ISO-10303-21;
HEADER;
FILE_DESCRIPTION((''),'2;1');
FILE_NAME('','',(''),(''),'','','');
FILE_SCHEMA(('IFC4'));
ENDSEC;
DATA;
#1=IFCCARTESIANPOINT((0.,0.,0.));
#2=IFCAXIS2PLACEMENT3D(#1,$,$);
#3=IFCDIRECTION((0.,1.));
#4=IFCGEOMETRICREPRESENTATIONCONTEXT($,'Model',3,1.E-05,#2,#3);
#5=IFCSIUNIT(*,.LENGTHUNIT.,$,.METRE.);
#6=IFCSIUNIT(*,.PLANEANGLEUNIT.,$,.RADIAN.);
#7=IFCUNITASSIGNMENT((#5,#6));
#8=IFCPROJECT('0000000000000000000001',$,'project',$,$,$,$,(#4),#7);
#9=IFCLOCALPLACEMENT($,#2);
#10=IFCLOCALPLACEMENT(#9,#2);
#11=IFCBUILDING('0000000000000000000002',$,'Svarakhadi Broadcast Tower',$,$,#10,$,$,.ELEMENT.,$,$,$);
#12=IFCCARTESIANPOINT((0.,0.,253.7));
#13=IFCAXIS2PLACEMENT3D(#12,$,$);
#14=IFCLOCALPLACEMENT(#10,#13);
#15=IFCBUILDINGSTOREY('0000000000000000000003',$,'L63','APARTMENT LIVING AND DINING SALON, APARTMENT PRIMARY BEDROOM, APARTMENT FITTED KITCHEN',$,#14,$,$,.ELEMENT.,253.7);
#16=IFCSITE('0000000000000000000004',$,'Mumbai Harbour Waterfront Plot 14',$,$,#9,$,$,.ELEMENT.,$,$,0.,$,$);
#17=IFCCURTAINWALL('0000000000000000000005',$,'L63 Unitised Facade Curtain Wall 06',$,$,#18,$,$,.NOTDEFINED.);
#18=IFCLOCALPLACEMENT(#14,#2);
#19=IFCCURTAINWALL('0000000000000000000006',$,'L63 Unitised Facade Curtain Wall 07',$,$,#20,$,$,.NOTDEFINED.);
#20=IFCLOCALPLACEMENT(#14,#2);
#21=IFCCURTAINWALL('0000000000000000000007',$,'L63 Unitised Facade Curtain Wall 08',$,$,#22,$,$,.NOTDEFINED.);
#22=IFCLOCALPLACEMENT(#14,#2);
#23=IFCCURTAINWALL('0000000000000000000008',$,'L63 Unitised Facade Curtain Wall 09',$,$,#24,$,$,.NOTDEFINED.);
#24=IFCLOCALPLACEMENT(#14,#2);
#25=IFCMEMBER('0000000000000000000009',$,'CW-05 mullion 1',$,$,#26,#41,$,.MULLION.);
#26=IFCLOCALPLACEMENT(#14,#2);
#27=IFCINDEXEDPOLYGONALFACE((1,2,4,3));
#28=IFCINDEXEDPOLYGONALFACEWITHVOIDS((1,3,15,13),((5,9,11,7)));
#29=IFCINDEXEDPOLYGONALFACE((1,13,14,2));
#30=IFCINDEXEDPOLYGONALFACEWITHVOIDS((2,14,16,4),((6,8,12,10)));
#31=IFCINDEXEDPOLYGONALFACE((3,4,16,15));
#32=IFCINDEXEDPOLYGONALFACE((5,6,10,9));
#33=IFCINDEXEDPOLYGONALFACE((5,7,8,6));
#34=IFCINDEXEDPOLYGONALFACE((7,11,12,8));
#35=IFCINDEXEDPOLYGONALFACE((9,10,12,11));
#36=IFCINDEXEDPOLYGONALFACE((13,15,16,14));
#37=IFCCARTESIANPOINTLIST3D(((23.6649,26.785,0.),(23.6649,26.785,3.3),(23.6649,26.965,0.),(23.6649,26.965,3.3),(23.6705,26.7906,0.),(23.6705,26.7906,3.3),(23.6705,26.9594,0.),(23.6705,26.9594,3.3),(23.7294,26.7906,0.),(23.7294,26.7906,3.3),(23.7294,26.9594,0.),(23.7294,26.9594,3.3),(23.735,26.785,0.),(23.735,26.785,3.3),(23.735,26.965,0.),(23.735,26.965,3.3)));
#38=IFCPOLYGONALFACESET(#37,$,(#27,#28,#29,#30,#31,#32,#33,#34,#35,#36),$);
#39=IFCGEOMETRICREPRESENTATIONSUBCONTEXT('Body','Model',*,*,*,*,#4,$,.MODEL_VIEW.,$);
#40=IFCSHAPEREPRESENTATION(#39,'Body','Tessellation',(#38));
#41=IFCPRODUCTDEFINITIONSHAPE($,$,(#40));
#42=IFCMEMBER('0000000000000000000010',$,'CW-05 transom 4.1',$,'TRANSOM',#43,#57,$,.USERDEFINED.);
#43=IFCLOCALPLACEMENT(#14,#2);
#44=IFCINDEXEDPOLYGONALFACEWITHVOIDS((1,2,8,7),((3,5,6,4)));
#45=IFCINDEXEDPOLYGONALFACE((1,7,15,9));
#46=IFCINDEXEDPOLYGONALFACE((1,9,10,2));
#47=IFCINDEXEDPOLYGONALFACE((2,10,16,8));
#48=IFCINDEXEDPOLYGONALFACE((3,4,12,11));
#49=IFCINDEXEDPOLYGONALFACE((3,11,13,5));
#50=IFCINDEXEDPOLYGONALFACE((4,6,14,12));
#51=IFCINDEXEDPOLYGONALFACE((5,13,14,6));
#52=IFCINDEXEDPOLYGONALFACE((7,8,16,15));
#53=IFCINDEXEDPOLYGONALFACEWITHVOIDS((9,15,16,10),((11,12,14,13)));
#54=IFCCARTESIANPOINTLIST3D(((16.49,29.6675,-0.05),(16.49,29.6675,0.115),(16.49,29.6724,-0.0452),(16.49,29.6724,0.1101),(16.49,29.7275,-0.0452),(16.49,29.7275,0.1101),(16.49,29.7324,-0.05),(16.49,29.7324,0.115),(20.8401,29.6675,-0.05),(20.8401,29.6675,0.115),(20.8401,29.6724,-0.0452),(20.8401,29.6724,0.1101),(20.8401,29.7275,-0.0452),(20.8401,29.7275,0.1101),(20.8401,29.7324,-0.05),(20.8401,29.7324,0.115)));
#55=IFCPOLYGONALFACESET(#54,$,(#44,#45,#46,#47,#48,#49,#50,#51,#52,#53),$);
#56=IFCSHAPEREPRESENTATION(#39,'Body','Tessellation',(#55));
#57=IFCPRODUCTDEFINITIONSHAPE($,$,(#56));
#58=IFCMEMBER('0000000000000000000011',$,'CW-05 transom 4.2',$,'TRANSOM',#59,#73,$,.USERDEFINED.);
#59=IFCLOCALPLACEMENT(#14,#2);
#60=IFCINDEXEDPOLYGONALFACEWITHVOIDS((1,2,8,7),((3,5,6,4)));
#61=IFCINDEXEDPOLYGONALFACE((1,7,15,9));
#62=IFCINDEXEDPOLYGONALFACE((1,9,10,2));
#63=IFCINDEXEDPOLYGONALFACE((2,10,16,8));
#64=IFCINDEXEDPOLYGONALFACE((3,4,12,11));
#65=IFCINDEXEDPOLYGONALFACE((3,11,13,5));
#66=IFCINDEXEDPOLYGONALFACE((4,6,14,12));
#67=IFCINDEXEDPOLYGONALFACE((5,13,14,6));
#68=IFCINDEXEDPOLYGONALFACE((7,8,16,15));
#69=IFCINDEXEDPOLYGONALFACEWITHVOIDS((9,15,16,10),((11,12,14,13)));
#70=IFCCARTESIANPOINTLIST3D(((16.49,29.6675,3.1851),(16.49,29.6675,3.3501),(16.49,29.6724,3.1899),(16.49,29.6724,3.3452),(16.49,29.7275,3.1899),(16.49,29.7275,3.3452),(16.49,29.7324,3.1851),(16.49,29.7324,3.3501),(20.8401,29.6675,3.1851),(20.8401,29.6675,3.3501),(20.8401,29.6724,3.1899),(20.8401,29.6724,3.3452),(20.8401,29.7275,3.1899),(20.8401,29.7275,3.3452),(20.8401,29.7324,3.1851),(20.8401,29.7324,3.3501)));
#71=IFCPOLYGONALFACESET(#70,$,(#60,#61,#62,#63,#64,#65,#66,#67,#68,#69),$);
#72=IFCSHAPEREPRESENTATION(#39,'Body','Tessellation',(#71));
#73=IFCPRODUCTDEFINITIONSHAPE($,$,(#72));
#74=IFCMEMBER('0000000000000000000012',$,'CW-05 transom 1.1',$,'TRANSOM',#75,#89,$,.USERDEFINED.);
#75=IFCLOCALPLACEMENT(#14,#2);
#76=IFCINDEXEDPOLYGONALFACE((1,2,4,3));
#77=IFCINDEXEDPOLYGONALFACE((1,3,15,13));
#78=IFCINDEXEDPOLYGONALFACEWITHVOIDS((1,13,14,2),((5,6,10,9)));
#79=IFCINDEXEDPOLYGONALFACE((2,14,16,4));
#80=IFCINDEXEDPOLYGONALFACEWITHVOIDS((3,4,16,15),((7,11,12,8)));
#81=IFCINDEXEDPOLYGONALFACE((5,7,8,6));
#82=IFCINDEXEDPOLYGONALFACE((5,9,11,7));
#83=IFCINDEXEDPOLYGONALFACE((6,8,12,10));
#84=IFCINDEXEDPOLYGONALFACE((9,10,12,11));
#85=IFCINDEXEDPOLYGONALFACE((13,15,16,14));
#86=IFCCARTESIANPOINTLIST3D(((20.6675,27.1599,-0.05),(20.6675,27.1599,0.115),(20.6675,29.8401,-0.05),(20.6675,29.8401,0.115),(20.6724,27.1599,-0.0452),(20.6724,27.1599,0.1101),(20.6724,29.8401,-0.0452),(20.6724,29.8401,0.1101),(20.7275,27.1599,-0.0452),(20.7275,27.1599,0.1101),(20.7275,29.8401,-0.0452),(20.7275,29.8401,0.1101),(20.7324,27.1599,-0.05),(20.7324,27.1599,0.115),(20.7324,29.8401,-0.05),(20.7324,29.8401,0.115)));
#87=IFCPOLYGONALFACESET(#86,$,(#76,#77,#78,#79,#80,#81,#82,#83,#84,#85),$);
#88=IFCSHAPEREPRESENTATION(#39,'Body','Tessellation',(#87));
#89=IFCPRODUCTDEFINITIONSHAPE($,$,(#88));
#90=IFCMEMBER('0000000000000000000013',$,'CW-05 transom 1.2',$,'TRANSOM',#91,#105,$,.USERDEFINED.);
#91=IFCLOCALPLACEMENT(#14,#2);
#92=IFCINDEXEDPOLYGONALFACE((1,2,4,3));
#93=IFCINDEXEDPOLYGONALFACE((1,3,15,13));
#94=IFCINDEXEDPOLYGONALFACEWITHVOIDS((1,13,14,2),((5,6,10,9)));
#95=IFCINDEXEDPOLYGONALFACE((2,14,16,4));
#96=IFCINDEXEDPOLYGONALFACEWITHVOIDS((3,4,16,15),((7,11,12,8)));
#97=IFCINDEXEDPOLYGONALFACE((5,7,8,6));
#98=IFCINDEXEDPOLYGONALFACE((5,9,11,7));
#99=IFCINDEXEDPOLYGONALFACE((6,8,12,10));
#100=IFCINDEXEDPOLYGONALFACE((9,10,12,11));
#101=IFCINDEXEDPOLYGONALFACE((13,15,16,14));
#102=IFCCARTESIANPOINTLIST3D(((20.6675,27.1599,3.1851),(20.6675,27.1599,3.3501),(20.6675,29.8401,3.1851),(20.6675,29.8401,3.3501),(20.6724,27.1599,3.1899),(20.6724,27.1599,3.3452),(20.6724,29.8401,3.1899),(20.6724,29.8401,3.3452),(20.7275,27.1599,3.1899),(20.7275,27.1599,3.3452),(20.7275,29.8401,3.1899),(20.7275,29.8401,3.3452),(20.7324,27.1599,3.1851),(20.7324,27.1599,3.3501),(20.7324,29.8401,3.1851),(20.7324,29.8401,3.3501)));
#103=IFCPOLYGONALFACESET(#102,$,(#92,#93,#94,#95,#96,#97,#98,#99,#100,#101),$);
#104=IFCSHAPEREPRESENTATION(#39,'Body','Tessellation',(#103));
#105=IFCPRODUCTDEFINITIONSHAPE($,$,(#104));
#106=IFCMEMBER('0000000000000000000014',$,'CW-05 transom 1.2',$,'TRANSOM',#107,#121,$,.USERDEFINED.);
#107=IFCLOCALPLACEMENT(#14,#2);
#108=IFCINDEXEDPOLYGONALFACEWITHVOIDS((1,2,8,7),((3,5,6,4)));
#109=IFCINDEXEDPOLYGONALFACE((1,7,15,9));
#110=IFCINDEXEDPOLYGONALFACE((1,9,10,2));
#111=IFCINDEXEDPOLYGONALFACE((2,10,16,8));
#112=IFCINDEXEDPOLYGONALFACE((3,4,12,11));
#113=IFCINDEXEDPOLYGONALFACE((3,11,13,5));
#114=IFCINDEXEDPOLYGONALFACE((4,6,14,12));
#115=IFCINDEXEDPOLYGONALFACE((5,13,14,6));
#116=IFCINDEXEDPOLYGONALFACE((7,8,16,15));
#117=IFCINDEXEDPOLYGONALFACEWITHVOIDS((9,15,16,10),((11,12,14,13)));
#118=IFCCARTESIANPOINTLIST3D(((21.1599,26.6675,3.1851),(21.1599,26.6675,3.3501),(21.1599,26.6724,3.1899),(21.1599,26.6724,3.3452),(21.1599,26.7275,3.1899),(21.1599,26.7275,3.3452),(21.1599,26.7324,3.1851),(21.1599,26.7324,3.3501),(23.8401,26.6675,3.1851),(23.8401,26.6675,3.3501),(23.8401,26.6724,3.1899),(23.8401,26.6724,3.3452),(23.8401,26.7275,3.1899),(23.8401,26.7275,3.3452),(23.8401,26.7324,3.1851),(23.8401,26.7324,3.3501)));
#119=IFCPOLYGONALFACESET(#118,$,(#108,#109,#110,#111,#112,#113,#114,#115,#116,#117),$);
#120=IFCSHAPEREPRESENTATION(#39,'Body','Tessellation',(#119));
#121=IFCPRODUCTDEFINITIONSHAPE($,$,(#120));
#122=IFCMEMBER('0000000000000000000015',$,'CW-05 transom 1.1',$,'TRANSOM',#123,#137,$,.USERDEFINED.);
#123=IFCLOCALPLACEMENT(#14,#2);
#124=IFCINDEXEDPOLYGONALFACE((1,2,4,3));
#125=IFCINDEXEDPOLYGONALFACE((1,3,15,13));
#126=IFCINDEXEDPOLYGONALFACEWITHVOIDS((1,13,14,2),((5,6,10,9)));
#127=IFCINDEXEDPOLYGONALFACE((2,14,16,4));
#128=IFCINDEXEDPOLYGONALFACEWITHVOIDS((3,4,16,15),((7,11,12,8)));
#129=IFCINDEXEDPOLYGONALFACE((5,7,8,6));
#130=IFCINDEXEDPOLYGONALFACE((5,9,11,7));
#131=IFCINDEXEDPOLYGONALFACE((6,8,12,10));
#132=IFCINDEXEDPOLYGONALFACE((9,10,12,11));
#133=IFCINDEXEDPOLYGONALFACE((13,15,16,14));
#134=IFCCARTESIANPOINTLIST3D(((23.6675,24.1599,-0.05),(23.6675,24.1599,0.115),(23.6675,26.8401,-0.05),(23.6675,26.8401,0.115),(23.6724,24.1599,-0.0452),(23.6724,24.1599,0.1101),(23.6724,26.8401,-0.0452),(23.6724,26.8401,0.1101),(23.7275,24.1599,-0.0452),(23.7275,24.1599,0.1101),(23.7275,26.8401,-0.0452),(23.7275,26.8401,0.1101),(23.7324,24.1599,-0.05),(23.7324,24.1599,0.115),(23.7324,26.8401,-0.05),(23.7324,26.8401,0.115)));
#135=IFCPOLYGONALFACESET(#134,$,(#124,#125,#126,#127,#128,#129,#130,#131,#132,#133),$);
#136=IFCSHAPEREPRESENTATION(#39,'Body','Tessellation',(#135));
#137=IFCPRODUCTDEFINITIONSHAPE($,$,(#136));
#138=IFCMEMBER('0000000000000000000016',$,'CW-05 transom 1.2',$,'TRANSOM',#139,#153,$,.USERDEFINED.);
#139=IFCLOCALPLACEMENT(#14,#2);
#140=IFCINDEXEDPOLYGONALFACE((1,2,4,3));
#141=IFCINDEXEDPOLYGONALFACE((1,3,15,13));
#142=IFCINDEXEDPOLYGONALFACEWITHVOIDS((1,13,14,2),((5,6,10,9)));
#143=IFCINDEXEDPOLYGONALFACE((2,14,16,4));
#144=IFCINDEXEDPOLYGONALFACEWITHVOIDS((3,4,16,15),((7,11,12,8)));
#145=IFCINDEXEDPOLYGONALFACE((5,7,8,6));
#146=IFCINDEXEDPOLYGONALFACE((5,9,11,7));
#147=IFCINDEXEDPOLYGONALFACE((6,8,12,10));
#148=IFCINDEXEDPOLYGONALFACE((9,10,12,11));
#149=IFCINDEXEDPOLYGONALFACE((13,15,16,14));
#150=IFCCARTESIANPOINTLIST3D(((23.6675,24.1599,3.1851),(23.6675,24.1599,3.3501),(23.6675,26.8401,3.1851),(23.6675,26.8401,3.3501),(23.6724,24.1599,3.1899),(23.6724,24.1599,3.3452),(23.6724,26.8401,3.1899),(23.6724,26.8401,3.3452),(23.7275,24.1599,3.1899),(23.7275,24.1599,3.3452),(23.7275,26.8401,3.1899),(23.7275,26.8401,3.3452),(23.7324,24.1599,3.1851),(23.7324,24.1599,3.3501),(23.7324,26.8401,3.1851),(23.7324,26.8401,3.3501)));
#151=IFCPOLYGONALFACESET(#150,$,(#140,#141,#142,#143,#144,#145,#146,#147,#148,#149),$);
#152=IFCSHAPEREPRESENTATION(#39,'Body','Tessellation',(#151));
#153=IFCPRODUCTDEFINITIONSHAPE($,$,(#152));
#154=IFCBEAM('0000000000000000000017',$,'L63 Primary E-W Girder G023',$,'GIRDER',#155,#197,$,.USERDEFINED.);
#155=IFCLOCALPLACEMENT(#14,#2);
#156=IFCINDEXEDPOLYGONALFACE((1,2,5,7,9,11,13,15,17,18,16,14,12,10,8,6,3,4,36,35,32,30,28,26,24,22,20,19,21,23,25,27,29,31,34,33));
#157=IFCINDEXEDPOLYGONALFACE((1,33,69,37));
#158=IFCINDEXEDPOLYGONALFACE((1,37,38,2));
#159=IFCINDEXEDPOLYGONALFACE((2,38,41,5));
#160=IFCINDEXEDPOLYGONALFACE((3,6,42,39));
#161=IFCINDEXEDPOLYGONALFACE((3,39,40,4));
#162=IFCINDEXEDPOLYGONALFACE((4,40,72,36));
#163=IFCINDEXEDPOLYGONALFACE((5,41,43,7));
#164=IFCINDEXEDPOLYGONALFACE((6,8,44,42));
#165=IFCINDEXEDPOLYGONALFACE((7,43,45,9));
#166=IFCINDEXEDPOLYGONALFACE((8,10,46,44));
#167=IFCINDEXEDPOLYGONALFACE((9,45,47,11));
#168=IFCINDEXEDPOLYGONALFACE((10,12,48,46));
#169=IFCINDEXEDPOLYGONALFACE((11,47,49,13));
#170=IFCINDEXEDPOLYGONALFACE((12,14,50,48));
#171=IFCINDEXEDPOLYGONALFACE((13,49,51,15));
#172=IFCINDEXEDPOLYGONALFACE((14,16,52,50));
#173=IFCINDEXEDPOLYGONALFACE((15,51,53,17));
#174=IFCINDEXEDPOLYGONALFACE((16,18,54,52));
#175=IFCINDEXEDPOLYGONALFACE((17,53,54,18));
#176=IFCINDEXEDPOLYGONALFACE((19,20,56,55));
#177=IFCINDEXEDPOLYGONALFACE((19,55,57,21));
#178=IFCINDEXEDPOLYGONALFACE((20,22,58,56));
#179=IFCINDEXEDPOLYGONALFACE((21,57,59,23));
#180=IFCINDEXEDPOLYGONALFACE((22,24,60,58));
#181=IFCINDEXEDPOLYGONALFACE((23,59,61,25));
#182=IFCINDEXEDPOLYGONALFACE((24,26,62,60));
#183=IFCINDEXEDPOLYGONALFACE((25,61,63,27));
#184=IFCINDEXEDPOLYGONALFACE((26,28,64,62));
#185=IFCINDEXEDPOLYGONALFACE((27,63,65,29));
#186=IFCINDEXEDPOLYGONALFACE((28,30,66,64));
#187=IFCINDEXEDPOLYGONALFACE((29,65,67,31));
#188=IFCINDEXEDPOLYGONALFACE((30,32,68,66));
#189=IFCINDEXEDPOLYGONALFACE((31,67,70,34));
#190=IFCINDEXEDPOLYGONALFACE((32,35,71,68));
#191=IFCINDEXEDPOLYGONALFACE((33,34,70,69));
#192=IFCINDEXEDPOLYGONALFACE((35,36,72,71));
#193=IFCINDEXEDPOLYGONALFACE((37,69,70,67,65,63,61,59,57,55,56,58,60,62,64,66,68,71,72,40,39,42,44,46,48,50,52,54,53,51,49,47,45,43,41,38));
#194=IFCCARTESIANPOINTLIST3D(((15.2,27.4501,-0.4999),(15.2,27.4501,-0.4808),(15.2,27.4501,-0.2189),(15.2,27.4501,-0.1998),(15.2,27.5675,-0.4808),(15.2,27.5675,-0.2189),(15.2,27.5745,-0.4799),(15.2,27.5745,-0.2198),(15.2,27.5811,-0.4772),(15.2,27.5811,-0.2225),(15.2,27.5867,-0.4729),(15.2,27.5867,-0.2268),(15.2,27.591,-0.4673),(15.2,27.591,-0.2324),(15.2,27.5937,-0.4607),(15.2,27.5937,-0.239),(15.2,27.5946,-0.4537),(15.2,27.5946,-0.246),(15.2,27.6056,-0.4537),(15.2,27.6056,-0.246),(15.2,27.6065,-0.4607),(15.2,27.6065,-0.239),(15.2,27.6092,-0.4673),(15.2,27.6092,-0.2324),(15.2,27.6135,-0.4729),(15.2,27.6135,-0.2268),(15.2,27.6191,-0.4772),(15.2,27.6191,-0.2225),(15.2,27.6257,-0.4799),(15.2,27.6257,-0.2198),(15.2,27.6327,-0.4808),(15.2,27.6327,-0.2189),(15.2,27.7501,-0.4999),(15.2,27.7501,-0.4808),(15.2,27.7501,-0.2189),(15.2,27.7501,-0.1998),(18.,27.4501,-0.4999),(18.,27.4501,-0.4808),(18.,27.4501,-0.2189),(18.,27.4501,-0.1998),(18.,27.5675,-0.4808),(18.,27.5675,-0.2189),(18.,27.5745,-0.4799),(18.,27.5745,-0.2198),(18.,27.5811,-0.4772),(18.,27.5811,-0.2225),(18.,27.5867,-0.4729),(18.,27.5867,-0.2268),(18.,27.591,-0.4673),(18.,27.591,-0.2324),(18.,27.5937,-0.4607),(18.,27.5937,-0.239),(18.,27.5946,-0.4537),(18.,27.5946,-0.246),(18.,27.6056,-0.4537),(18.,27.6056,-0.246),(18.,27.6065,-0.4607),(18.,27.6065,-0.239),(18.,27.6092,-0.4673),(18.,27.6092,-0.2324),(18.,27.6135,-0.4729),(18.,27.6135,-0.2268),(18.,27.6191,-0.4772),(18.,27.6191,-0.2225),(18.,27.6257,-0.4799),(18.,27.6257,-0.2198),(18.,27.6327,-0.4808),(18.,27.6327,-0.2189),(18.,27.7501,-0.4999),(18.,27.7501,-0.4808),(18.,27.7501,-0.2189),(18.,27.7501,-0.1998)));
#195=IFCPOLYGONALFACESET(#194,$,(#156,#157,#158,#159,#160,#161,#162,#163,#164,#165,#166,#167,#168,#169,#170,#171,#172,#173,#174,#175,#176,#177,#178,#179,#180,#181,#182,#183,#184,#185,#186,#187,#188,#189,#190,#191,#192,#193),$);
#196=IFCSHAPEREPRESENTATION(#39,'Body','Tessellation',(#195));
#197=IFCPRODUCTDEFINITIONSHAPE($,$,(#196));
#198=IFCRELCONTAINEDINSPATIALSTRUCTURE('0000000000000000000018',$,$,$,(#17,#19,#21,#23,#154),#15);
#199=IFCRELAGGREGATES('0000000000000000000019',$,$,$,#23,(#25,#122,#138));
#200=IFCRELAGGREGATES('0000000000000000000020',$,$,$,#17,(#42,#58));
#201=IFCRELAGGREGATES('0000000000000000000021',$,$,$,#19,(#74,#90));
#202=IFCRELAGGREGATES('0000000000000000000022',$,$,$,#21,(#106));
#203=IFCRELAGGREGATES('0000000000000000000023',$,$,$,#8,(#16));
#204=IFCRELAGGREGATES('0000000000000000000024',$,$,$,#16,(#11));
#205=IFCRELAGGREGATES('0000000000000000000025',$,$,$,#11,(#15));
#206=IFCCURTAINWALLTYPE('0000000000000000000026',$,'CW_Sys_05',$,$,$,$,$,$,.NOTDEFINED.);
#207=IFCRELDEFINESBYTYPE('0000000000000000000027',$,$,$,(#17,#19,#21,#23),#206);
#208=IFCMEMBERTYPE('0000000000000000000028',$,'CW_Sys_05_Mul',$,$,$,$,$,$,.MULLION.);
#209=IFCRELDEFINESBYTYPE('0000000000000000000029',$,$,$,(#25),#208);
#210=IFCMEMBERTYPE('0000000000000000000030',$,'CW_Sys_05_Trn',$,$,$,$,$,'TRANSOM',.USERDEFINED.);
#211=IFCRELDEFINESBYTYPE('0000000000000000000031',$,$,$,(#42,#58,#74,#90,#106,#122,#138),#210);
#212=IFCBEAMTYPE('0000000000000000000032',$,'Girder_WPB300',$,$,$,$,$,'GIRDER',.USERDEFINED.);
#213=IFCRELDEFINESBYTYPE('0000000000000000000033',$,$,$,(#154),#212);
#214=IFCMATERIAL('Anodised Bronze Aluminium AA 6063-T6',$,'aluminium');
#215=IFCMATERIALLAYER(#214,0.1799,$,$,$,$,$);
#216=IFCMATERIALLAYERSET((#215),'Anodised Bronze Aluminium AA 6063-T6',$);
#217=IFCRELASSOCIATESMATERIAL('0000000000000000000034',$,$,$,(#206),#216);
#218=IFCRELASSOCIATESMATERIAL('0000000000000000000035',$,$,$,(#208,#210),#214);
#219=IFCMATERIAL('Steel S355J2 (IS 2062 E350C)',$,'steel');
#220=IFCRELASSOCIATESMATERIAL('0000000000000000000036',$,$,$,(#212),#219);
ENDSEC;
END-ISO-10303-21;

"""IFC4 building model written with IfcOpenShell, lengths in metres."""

from ifc_helpers import new_model, si_unit, direction, frame, origin, origin_2d, place, context, subcontext, project, spatial, hollow_rectangle, i_section, extrude, material, layer, layer_set, material_profile, profile_set, type_object, element, aggregate, save


model = new_model("IFC4")

# Units and contexts
model_context = context("Model", 3, precision=1e-05, world=origin(), true_north=direction((0.0, 1.0)))
body_context = subcontext(model_context, "Body", "Model", "MODEL_VIEW")
ifc_project = project(units=[si_unit("LENGTHUNIT", "METRE"), si_unit("PLANEANGLEUNIT", "RADIAN")], contexts=[model_context])

# Site, building, storey
site_placement = place(None, origin())
site = spatial("IfcSite", under=ifc_project, at=site_placement, Name="Mumbai Harbour Waterfront Plot 14", CompositionType="ELEMENT", RefElevation=0.0)
building_placement = place(site_placement, origin())
building = spatial("IfcBuilding", under=site, at=building_placement, Name="Svarakhadi Broadcast Tower", CompositionType="ELEMENT")
storey_placement = place(building_placement, frame((0.0, 0.0, 253.7)))
storey = spatial("IfcBuildingStorey", under=building, at=storey_placement, Name="L63", Description="APARTMENT LIVING AND DINING SALON, APARTMENT PRIMARY BEDROOM, APARTMENT FITTED KITCHEN", CompositionType="ELEMENT", Elevation=253.7)

# Curtain walls
ifc_material_1 = material(Name="Anodised Bronze Aluminium AA 6063-T6", Category="aluminium")
ifc_layer_1 = layer(ifc_material_1, 0.1799)
ifc_layer_set_1 = layer_set([ifc_layer_1], Name="Anodised Bronze Aluminium AA 6063-T6")
curtain_wall_type = type_object("IfcCurtainWallType", Name="CW_Sys_05", PredefinedType="NOTDEFINED", material=ifc_layer_set_1)
curtain_wall_1_placement = place(storey_placement, origin())
curtain_wall_1 = element("IfcCurtainWall", 1, at=curtain_wall_1_placement, inside=storey, type_object=curtain_wall_type, Name="L63 Unitised Facade Curtain Wall 06", PredefinedType="NOTDEFINED")
ifc_material_profile_1 = material_profile(ifc_material_1, hollow_rectangle(XDim=0.0701, YDim=0.1799, WallThickness=0.0056, at=origin_2d()), Name="ALU MULLION 180x70x6")
ifc_profile_set_1 = profile_set([ifc_material_profile_1], Name="Anodised Bronze Aluminium AA 6063-T6")
member_type_1 = type_object("IfcMemberType", Name="CW_Sys_05_Mul", PredefinedType="MULLION", material=ifc_profile_set_1)
curtain_wall_2_placement = place(storey_placement, origin())
curtain_wall_2 = element("IfcCurtainWall", 2, at=curtain_wall_2_placement, inside=storey, type_object=curtain_wall_type, Name="L63 Unitised Facade Curtain Wall 07", PredefinedType="NOTDEFINED")

# Curtain walls, member
curtain_wall_3_placement = place(storey_placement, origin())
curtain_wall_3 = element("IfcCurtainWall", 3, at=curtain_wall_3_placement, inside=storey, type_object=curtain_wall_type, Name="L63 Unitised Facade Curtain Wall 08", PredefinedType="NOTDEFINED")
curtain_wall_4_placement = place(storey_placement, origin())
curtain_wall_4 = element("IfcCurtainWall", 4, at=curtain_wall_4_placement, inside=storey, type_object=curtain_wall_type, Name="L63 Unitised Facade Curtain Wall 09", PredefinedType="NOTDEFINED")
member_1_placement = place(storey_placement, frame((23.7, 26.875, 0.0), z_axis=(0.0, 0.0, 1.0), x_axis=(1.0, 0.0, 0.0)))
member_1 = element("IfcMember", 5, at=member_1_placement, type_object=member_type_1, Name="CW-05 mullion 1", PredefinedType="MULLION", context=body_context, shape_type="SweptSolid", body=[
    extrude(hollow_rectangle(XDim=0.0701, YDim=0.1799, WallThickness=0.0056, at=origin_2d()), origin(), (0.0, 0.0, 1.0), 3.3),
])

# Members
ifc_material_profile_2 = material_profile(ifc_material_1, hollow_rectangle(XDim=0.0649, YDim=0.165, WallThickness=0.0049, at=origin_2d()), Name="ALU TRANSOM 165x65x5")
ifc_profile_set_2 = profile_set([ifc_material_profile_2], Name="Anodised Bronze Aluminium AA 6063-T6")
member_type_2 = type_object("IfcMemberType", Name="CW_Sys_05_Trn", ElementType="TRANSOM", PredefinedType="USERDEFINED", material=ifc_profile_set_2)
member_2_placement = place(storey_placement, frame((16.49, 29.7, 0.0325), z_axis=(1.0, 0.0, 0.0), x_axis=(0.0, 1.0, 0.0)))
member_2 = element("IfcMember", 6, at=member_2_placement, type_object=member_type_2, Name="CW-05 transom 4.1", ObjectType="TRANSOM", PredefinedType="USERDEFINED", context=body_context, shape_type="SweptSolid", body=[
    extrude(hollow_rectangle(XDim=0.0649, YDim=0.165, WallThickness=0.0049, at=origin_2d()), origin(), (0.0, 0.0, 1.0), 4.3501),
])
member_3_placement = place(storey_placement, frame((16.49, 29.7, 3.2676), z_axis=(1.0, 0.0, 0.0), x_axis=(0.0, 1.0, 0.0)))
member_3 = element("IfcMember", 7, at=member_3_placement, type_object=member_type_2, Name="CW-05 transom 4.2", ObjectType="TRANSOM", PredefinedType="USERDEFINED", context=body_context, shape_type="SweptSolid", body=[
    extrude(hollow_rectangle(XDim=0.0649, YDim=0.165, WallThickness=0.0049, at=origin_2d()), origin(), (0.0, 0.0, 1.0), 4.3501),
])
member_4_placement = place(storey_placement, frame((20.7, 29.8401, 0.0325), z_axis=(0.0, -1.0, 0.0), x_axis=(1.0, 0.0, 0.0)))
member_4 = element("IfcMember", 8, at=member_4_placement, type_object=member_type_2, Name="CW-05 transom 1.1", ObjectType="TRANSOM", PredefinedType="USERDEFINED", context=body_context, shape_type="SweptSolid", body=[
    extrude(hollow_rectangle(XDim=0.0649, YDim=0.165, WallThickness=0.0049, at=origin_2d()), origin(), (0.0, 0.0, 1.0), 2.6802),
])
member_5_placement = place(storey_placement, frame((20.7, 29.8401, 3.2676), z_axis=(0.0, -1.0, 0.0), x_axis=(1.0, 0.0, 0.0)))
member_5 = element("IfcMember", 9, at=member_5_placement, type_object=member_type_2, Name="CW-05 transom 1.2", ObjectType="TRANSOM", PredefinedType="USERDEFINED", context=body_context, shape_type="SweptSolid", body=[
    extrude(hollow_rectangle(XDim=0.0649, YDim=0.165, WallThickness=0.0049, at=origin_2d()), origin(), (0.0, 0.0, 1.0), 2.6802),
])
member_6_placement = place(storey_placement, frame((21.1599, 26.7, 3.2676), z_axis=(1.0, 0.0, 0.0), x_axis=(0.0, 1.0, 0.0)))
member_6 = element("IfcMember", 10, at=member_6_placement, type_object=member_type_2, Name="CW-05 transom 1.2", ObjectType="TRANSOM", PredefinedType="USERDEFINED", context=body_context, shape_type="SweptSolid", body=[
    extrude(hollow_rectangle(XDim=0.0649, YDim=0.165, WallThickness=0.0049, at=origin_2d()), origin(), (0.0, 0.0, 1.0), 2.6802),
])
member_7_placement = place(storey_placement, frame((23.7, 26.8401, 0.0325), z_axis=(0.0, -1.0, 0.0), x_axis=(1.0, 0.0, 0.0)))
member_7 = element("IfcMember", 11, at=member_7_placement, type_object=member_type_2, Name="CW-05 transom 1.1", ObjectType="TRANSOM", PredefinedType="USERDEFINED", context=body_context, shape_type="SweptSolid", body=[
    extrude(hollow_rectangle(XDim=0.0649, YDim=0.165, WallThickness=0.0049, at=origin_2d()), origin(), (0.0, 0.0, 1.0), 2.6802),
])
member_8_placement = place(storey_placement, frame((23.7, 26.8401, 3.2676), z_axis=(0.0, -1.0, 0.0), x_axis=(1.0, 0.0, 0.0)))
member_8 = element("IfcMember", 12, at=member_8_placement, type_object=member_type_2, Name="CW-05 transom 1.2", ObjectType="TRANSOM", PredefinedType="USERDEFINED", context=body_context, shape_type="SweptSolid", body=[
    extrude(hollow_rectangle(XDim=0.0649, YDim=0.165, WallThickness=0.0049, at=origin_2d()), origin(), (0.0, 0.0, 1.0), 2.6802),
])
aggregate(curtain_wall_4, [member_1, member_7, member_8])

# Beam
ifc_material_2 = material(Name="Steel S355J2 (IS 2062 E350C)", Category="steel")
ifc_material_profile_3 = material_profile(ifc_material_2, i_section(OverallWidth=0.3, OverallDepth=0.3, WebThickness=0.011, FlangeThickness=0.019, FilletRadius=0.0271, at=origin_2d()), Name="WPB 300x300x117")
ifc_profile_set_3 = profile_set([ifc_material_profile_3], Name="Steel S355J2 (IS 2062 E350C)")
beam_type = type_object("IfcBeamType", Name="Girder_WPB300", ElementType="GIRDER", PredefinedType="USERDEFINED", material=ifc_profile_set_3)
beam_placement = place(storey_placement, frame((15.2, 27.6001, -0.3499), z_axis=(1.0, 0.0, 0.0), x_axis=(0.0, 1.0, 0.0)))
element("IfcBeam", 13, at=beam_placement, inside=storey, type_object=beam_type, Name="L63 Primary E-W Girder G023", ObjectType="GIRDER", PredefinedType="USERDEFINED", context=body_context, shape_type="SweptSolid", body=[
    extrude(i_section(OverallWidth=0.3, OverallDepth=0.3, WebThickness=0.011, FlangeThickness=0.019, FilletRadius=0.0271, at=origin_2d()), origin(), (0.0, 0.0, 1.0), 2.8),
])

aggregate(curtain_wall_1, [member_2, member_3])
aggregate(curtain_wall_2, [member_4, member_5])
aggregate(curtain_wall_3, [member_6])

save(model, "model.ifc")
